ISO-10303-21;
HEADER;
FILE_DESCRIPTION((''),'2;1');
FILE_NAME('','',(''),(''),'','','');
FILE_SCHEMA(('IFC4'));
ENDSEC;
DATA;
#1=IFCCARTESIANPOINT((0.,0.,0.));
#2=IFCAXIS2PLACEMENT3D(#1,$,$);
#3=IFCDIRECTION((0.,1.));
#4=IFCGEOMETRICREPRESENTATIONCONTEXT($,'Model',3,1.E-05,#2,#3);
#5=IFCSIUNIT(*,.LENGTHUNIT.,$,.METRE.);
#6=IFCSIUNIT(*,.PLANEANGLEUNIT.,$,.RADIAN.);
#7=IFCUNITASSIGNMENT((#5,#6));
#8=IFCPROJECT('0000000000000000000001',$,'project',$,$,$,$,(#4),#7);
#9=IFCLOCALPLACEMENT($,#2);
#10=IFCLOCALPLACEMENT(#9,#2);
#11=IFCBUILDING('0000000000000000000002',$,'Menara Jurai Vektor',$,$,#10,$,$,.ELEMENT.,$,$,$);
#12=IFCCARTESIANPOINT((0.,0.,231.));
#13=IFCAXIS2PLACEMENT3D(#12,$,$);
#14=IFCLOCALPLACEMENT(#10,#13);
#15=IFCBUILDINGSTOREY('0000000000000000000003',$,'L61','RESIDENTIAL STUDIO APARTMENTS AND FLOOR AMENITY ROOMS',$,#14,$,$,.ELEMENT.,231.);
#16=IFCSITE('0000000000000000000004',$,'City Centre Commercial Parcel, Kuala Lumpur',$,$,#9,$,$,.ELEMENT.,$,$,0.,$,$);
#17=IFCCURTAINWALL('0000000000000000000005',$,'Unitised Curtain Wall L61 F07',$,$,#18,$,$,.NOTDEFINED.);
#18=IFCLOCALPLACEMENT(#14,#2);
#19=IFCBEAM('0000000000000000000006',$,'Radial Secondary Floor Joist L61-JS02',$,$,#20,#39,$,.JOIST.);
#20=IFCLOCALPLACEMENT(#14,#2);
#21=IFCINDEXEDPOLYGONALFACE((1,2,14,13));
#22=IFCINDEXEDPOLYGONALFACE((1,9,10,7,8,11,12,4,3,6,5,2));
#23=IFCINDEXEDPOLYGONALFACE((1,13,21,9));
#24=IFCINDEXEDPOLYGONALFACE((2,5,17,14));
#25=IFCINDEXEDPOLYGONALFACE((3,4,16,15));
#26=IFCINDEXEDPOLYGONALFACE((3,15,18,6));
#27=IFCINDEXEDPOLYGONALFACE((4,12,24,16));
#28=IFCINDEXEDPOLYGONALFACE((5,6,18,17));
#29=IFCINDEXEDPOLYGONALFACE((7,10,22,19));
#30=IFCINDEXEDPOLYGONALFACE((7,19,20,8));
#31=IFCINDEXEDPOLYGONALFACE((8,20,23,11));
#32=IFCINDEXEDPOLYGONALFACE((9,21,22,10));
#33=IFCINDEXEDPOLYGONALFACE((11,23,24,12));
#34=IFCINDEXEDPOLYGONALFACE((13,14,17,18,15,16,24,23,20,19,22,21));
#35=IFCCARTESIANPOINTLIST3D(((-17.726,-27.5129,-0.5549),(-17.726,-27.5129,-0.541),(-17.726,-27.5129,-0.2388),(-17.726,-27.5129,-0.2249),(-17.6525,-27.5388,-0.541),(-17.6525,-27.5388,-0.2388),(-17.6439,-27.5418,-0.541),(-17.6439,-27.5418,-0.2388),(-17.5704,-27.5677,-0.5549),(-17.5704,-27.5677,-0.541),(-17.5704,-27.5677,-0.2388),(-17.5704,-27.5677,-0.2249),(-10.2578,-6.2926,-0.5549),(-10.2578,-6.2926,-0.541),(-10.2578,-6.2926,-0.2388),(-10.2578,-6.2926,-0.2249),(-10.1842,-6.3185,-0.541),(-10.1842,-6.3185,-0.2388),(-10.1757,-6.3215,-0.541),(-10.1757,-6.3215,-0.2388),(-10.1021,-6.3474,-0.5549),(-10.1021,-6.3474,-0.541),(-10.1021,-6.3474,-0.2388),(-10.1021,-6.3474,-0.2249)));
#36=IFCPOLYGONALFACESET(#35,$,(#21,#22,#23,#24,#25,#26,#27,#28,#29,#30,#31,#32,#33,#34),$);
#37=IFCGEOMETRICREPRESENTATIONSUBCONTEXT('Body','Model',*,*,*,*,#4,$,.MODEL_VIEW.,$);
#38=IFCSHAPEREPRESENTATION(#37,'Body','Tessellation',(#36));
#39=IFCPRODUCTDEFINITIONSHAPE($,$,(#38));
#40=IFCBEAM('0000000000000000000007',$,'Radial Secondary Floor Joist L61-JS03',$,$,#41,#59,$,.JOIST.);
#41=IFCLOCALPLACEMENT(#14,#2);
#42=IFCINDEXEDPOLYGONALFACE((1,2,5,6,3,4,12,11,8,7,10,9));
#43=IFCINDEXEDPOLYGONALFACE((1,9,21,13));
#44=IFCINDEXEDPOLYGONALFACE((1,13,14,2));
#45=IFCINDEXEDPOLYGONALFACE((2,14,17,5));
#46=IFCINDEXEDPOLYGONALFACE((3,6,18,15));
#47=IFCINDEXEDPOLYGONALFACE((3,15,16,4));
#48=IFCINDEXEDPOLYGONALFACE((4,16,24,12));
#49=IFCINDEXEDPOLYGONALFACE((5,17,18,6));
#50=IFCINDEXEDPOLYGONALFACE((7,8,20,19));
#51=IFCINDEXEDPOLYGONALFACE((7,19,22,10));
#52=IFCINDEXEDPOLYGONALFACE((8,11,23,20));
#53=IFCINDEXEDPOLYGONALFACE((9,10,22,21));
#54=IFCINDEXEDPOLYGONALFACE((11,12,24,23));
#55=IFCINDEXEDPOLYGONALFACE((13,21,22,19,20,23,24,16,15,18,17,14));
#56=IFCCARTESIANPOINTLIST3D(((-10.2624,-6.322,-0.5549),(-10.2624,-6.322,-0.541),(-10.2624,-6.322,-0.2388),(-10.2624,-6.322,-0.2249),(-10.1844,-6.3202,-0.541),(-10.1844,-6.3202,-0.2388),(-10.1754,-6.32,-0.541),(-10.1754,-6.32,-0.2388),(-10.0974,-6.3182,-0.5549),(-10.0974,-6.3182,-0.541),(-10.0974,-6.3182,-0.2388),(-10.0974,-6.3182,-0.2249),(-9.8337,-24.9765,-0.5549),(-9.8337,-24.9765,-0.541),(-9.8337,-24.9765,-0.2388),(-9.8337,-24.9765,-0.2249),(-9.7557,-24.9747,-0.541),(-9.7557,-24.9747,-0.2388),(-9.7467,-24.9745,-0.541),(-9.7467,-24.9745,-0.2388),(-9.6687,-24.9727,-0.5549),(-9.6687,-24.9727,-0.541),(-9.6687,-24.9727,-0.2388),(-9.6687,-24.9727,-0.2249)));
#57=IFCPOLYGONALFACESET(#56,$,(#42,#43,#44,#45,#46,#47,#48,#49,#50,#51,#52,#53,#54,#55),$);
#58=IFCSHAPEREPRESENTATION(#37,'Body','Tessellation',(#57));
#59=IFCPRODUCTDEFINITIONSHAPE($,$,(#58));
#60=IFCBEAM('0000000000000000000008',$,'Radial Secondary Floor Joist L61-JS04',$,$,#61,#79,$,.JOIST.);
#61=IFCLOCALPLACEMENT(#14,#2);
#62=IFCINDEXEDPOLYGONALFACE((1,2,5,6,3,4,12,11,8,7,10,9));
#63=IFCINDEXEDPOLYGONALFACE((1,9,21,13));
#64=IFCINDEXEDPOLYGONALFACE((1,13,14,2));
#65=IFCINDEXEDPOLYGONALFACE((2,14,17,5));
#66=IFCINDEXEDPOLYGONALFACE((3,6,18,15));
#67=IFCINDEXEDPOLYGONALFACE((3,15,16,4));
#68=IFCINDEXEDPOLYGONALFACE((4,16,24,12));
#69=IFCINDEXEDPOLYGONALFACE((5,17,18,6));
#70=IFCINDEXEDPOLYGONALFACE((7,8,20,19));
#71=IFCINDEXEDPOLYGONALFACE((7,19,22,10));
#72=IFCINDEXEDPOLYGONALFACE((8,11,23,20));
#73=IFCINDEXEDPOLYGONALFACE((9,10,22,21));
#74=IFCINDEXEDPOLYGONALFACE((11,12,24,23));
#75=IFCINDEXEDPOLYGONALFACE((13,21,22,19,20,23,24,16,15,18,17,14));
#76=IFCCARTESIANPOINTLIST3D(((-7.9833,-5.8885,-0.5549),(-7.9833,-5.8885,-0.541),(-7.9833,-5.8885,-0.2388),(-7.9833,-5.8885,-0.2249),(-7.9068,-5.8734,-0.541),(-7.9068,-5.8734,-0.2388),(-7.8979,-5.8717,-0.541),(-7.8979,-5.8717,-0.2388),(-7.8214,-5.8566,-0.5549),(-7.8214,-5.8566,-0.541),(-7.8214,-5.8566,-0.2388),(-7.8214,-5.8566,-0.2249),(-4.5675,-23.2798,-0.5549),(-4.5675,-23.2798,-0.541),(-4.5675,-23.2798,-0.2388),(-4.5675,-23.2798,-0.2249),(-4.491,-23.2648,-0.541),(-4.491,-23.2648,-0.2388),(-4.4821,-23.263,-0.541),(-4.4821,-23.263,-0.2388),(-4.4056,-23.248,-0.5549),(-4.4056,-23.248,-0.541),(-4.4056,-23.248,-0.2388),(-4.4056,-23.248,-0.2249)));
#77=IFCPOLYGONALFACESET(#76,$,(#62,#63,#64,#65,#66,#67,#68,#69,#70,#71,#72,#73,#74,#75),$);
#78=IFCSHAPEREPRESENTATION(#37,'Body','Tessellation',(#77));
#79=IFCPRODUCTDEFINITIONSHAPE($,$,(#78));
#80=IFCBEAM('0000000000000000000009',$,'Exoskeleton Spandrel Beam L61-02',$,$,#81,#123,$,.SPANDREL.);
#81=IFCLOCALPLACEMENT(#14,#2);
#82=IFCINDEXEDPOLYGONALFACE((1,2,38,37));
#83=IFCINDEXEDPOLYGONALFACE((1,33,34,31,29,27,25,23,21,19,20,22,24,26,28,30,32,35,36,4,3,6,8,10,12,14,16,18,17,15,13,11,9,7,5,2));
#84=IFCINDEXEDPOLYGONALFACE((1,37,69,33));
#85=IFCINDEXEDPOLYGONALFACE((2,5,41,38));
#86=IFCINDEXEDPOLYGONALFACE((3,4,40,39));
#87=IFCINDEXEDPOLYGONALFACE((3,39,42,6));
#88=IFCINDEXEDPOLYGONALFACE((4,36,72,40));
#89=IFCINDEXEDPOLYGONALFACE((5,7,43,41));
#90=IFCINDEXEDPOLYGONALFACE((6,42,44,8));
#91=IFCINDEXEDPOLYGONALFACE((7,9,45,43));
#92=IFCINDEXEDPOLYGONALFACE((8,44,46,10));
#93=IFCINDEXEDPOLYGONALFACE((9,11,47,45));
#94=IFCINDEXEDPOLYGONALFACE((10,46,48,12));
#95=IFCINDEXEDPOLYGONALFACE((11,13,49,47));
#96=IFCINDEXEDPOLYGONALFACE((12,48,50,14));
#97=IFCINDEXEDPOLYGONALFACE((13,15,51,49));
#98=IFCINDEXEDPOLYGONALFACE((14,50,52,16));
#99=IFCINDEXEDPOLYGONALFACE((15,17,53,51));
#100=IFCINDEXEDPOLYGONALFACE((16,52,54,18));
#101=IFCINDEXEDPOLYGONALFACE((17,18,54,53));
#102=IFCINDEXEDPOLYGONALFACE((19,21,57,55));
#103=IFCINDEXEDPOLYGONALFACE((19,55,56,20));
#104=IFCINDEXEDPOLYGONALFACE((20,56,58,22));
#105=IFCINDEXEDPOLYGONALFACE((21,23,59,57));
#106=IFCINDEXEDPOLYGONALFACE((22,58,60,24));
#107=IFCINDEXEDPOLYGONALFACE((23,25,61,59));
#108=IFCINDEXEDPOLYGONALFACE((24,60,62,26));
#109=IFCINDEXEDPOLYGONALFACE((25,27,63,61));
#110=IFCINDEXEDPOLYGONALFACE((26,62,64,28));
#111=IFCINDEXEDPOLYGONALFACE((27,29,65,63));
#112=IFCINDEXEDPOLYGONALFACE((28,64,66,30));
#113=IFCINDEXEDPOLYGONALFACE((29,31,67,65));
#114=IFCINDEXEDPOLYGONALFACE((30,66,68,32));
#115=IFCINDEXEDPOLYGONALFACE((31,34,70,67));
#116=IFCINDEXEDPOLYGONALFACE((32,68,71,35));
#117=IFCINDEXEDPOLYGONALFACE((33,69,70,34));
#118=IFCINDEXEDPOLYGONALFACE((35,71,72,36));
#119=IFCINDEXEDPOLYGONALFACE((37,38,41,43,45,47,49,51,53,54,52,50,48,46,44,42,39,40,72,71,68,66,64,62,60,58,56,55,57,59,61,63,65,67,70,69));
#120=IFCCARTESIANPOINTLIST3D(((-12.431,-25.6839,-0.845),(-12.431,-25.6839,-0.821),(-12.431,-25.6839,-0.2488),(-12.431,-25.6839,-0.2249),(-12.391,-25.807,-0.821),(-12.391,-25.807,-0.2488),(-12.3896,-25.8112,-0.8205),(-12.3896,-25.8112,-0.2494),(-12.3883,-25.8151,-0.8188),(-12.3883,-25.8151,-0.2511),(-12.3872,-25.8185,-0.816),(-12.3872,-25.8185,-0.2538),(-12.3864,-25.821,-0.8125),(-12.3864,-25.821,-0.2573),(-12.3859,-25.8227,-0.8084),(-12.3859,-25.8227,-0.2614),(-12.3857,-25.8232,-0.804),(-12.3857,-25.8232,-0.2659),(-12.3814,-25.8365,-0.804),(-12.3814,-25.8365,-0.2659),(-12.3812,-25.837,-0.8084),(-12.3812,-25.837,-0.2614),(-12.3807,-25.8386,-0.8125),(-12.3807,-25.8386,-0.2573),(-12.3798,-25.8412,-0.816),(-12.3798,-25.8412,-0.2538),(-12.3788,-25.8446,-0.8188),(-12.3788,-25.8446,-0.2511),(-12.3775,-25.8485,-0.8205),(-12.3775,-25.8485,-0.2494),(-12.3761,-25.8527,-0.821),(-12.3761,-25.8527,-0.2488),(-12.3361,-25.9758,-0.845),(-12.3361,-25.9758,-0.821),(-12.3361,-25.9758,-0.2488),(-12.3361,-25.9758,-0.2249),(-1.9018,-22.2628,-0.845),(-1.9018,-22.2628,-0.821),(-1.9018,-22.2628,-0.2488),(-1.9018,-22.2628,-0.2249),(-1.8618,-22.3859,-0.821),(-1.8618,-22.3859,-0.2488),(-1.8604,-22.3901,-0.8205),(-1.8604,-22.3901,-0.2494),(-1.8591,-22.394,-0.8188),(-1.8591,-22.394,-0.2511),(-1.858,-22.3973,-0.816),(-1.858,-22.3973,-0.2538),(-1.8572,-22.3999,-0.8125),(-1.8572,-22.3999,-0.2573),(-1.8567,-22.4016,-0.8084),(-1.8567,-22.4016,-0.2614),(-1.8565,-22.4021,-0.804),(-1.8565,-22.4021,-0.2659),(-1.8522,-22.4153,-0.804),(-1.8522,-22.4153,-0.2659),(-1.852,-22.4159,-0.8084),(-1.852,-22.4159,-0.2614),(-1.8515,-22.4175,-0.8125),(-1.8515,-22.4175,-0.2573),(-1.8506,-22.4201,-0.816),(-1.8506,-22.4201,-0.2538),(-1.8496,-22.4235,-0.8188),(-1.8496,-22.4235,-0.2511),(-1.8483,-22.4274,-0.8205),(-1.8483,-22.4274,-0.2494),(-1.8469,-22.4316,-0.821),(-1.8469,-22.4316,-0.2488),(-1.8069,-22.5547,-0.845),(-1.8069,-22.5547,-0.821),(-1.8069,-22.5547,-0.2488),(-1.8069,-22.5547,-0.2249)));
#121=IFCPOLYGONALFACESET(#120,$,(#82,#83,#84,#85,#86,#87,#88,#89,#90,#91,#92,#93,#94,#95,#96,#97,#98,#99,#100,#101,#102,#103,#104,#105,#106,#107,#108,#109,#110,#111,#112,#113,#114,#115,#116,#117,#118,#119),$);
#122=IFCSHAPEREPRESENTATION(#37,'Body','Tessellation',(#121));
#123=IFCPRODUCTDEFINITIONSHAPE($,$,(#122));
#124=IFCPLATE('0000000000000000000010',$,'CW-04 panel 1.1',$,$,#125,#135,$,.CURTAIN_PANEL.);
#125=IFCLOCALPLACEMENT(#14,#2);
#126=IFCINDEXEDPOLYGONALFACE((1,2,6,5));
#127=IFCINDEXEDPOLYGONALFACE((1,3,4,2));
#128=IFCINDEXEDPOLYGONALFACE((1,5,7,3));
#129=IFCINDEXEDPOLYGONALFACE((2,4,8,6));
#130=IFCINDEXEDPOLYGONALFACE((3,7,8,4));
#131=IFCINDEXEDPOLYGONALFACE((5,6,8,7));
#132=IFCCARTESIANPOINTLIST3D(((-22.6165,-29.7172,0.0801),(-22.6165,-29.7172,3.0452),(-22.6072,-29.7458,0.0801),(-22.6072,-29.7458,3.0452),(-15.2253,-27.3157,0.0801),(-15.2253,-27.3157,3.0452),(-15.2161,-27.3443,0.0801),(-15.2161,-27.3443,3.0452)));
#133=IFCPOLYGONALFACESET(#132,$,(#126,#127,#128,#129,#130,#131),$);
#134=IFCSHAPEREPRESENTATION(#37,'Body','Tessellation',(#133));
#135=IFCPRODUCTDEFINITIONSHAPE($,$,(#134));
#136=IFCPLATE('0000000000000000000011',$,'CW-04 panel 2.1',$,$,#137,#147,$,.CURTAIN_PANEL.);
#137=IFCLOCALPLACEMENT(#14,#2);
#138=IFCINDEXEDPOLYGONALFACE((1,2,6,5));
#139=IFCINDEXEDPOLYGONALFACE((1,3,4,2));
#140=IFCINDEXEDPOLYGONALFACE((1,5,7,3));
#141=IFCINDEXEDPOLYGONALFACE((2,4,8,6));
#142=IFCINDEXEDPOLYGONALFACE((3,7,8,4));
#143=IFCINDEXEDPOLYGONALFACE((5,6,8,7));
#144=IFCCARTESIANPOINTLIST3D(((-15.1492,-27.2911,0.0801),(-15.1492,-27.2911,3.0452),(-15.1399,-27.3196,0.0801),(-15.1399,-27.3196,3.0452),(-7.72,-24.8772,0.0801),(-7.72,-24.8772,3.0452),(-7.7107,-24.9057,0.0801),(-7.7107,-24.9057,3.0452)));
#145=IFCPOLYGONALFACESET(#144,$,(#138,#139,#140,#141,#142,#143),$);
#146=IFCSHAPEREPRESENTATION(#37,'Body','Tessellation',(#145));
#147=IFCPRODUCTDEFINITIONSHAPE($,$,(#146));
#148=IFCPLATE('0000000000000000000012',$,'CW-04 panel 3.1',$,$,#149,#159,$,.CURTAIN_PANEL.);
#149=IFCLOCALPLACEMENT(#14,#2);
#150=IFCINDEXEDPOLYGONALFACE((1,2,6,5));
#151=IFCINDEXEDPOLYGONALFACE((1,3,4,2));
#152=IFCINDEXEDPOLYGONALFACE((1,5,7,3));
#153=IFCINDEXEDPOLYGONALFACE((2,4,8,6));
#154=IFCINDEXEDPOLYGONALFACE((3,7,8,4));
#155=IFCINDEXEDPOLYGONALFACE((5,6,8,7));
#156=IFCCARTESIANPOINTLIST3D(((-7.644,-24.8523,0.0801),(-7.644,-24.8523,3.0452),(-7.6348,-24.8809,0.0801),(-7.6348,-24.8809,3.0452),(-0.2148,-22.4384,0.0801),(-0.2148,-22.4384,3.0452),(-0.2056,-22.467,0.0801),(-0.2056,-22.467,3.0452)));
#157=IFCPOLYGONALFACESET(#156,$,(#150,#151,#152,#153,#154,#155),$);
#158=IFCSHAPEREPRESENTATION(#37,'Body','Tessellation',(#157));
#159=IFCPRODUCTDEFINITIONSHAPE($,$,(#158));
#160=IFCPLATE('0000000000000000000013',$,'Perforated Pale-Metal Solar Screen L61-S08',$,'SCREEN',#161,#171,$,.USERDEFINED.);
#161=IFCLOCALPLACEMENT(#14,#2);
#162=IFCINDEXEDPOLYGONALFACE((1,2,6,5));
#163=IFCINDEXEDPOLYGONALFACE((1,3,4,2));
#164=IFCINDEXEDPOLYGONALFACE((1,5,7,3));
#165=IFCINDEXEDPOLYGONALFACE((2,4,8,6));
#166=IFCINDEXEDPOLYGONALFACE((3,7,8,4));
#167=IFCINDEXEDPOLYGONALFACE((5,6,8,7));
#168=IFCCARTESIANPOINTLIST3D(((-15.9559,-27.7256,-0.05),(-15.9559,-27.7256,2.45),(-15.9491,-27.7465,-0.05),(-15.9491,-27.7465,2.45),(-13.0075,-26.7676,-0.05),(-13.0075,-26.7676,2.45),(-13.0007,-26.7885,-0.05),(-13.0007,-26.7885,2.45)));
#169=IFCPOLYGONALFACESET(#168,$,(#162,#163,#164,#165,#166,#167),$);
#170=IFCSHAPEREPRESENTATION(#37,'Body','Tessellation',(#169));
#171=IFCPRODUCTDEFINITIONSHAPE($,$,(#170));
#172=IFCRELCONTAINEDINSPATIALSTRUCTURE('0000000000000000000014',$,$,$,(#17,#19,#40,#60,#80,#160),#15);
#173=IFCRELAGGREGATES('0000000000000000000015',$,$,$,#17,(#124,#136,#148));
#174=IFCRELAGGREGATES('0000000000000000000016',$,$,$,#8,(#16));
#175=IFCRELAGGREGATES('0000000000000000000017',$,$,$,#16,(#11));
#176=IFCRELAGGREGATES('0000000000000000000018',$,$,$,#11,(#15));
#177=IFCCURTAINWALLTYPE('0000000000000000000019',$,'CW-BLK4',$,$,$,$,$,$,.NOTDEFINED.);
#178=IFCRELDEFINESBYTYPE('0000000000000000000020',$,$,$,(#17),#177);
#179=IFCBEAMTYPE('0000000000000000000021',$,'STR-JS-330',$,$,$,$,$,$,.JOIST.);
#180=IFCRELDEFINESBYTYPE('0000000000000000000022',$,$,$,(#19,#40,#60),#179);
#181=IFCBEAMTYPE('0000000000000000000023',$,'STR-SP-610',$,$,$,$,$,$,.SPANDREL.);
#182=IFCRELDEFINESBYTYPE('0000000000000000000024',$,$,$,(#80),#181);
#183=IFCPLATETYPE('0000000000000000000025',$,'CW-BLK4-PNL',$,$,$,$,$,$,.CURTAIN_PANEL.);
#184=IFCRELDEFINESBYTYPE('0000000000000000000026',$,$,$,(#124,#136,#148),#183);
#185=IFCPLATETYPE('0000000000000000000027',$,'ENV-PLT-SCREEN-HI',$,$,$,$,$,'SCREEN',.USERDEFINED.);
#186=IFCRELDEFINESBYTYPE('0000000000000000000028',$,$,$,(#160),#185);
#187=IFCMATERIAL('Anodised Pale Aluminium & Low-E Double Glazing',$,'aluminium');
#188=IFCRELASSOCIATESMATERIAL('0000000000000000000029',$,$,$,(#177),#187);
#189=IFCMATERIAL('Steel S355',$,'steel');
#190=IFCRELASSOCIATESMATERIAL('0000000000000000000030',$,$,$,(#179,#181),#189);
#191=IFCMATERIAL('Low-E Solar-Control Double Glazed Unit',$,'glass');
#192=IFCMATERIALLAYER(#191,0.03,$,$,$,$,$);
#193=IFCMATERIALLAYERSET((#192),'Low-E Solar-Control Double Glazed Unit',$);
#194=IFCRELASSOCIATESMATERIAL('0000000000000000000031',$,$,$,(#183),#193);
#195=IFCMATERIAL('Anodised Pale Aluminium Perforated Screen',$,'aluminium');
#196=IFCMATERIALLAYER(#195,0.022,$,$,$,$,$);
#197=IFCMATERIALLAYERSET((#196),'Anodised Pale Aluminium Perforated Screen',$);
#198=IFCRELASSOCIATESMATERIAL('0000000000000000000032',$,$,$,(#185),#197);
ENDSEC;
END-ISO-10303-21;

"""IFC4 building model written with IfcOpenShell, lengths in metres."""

from ifc_helpers import new_model, si_unit, direction, frame, origin, origin_2d, place, context, subcontext, project, spatial, rectangle, i_section, extrude, material, layer, layer_set, material_profile, profile_set, type_object, element, aggregate, save


model = new_model("IFC4")

# Units and contexts
model_context = context("Model", 3, precision=1e-05, world=origin(), true_north=direction((0.0, 1.0)))
body_context = subcontext(model_context, "Body", "Model", "MODEL_VIEW")
ifc_project = project(units=[si_unit("LENGTHUNIT", "METRE"), si_unit("PLANEANGLEUNIT", "RADIAN")], contexts=[model_context])

# Site, building, storey
site_placement = place(None, origin())
site = spatial("IfcSite", under=ifc_project, at=site_placement, Name="City Centre Commercial Parcel, Kuala Lumpur", CompositionType="ELEMENT", RefElevation=0.0)
building_placement = place(site_placement, origin())
building = spatial("IfcBuilding", under=site, at=building_placement, Name="Menara Jurai Vektor", CompositionType="ELEMENT")
storey_placement = place(building_placement, frame((0.0, 0.0, 231.0)))
storey = spatial("IfcBuildingStorey", under=building, at=storey_placement, Name="L61", Description="RESIDENTIAL STUDIO APARTMENTS AND FLOOR AMENITY ROOMS", CompositionType="ELEMENT", Elevation=231.0)

# Curtain wall
ifc_material_1 = material(Name="Anodised Pale Aluminium & Low-E Double Glazing", Category="aluminium")
curtain_wall_type = type_object("IfcCurtainWallType", Name="CW-BLK4", PredefinedType="NOTDEFINED", material=ifc_material_1)
curtain_wall_placement = place(storey_placement, origin())
curtain_wall = element("IfcCurtainWall", 1, at=curtain_wall_placement, inside=storey, type_object=curtain_wall_type, Name="Unitised Curtain Wall L61 F07", PredefinedType="NOTDEFINED")

# Beams
ifc_material_2 = material(Name="Steel S355", Category="steel")
ifc_material_profile_1 = material_profile(ifc_material_2, i_section(OverallWidth=0.165, OverallDepth=0.3301, WebThickness=0.009, FlangeThickness=0.0139, at=origin_2d()), Name="PG 330x165x46")
ifc_profile_set_1 = profile_set([ifc_material_profile_1], Name="Steel S355")
beam_type_1 = type_object("IfcBeamType", Name="STR-JS-330", PredefinedType="JOIST", material=ifc_profile_set_1)
beam_1_placement = place(storey_placement, frame((-17.6482, -27.5403, -0.3899), z_axis=(0.331981, 0.943286, 0.0), x_axis=(-0.943286, 0.331981, 0.0)))
element("IfcBeam", 2, at=beam_1_placement, inside=storey, type_object=beam_type_1, Name="Radial Secondary Floor Joist L61-JS02", PredefinedType="JOIST", context=body_context, shape_type="SweptSolid", body=[
    extrude(i_section(OverallWidth=0.165, OverallDepth=0.3301, WebThickness=0.009, FlangeThickness=0.0139, at=origin_2d()), origin(), (0.0, 0.0, 1.0), 22.4961),
])
beam_2_placement = place(storey_placement, frame((-9.7512, -24.9746, -0.3899), z_axis=(-0.022976, 0.999736, 0.0), x_axis=(-0.999736, -0.022976, 0.0)))
element("IfcBeam", 3, at=beam_2_placement, inside=storey, type_object=beam_type_1, Name="Radial Secondary Floor Joist L61-JS03", PredefinedType="JOIST", context=body_context, shape_type="SweptSolid", body=[
    extrude(i_section(OverallWidth=0.165, OverallDepth=0.3301, WebThickness=0.009, FlangeThickness=0.0139, at=origin_2d()), origin(), (0.0, 0.0, 1.0), 18.6594),
])
beam_3_placement = place(storey_placement, frame((-4.4866, -23.2639, -0.3899), z_axis=(-0.192724, 0.981253, 0.0), x_axis=(-0.981253, -0.192724, 0.0)))
element("IfcBeam", 4, at=beam_3_placement, inside=storey, type_object=beam_type_1, Name="Radial Secondary Floor Joist L61-JS04", PredefinedType="JOIST", context=body_context, shape_type="SweptSolid", body=[
    extrude(i_section(OverallWidth=0.165, OverallDepth=0.3301, WebThickness=0.009, FlangeThickness=0.0139, at=origin_2d()), origin(), (0.0, 0.0, 1.0), 17.7236),
])
ifc_material_profile_2 = material_profile(ifc_material_2, i_section(OverallWidth=0.3069, OverallDepth=0.6201, WebThickness=0.0139, FlangeThickness=0.0239, FilletRadius=0.0171, at=origin_2d()), Name="UKB 610x305x179")
ifc_profile_set_2 = profile_set([ifc_material_profile_2], Name="Steel S355")
beam_type_2 = type_object("IfcBeamType", Name="STR-SP-610", PredefinedType="SPANDREL", material=ifc_profile_set_2)
beam_4_placement = place(storey_placement, frame((-12.3835, -25.8298, -0.5349), z_axis=(0.951057, 0.309014, 0.0), x_axis=(-0.309014, 0.951057, 0.0)))
element("IfcBeam", 5, at=beam_4_placement, inside=storey, type_object=beam_type_2, Name="Exoskeleton Spandrel Beam L61-02", PredefinedType="SPANDREL", context=body_context, shape_type="SweptSolid", body=[
    extrude(i_section(OverallWidth=0.3069, OverallDepth=0.6201, WebThickness=0.0139, FlangeThickness=0.0239, FilletRadius=0.0171, at=origin_2d()), origin(), (0.0, 0.0, 1.0), 11.071),
])

# Plates
ifc_material_3 = material(Name="Low-E Solar-Control Double Glazed Unit", Category="glass")
ifc_layer_1 = layer(ifc_material_3, 0.03)
ifc_layer_set_1 = layer_set([ifc_layer_1], Name="Low-E Solar-Control Double Glazed Unit")
plate_type_1 = type_object("IfcPlateType", Name="CW-BLK4-PNL", PredefinedType="CURTAIN_PANEL", material=ifc_layer_set_1)
plate_1_placement = place(storey_placement, frame((-18.9163, -28.5308, 0.0801), z_axis=(0.0, 0.0, 1.0), x_axis=(0.951056, 0.309017, 0.0)))
plate_1 = element("IfcPlate", 6, at=plate_1_placement, type_object=plate_type_1, Name="CW-04 panel 1.1", PredefinedType="CURTAIN_PANEL", context=body_context, shape_type="SweptSolid", body=[
    extrude(rectangle(XDim=7.7715, YDim=0.03, at=origin_2d()), origin(), (0.0, 0.0, 1.0), 2.9651),
])
plate_2_placement = place(storey_placement, frame((-11.4299, -26.0984, 0.0801), z_axis=(0.0, 0.0, 1.0), x_axis=(0.951056, 0.309017, 0.0)))
plate_2 = element("IfcPlate", 7, at=plate_2_placement, type_object=plate_type_1, Name="CW-04 panel 2.1", PredefinedType="CURTAIN_PANEL", context=body_context, shape_type="SweptSolid", body=[
    extrude(rectangle(XDim=7.8115, YDim=0.03, at=origin_2d()), origin(), (0.0, 0.0, 1.0), 2.9651),
])
plate_3_placement = place(storey_placement, frame((-3.9248, -23.6597, 0.0801), z_axis=(0.0, 0.0, 1.0), x_axis=(0.951056, 0.309017, 0.0)))
plate_3 = element("IfcPlate", 8, at=plate_3_placement, type_object=plate_type_1, Name="CW-04 panel 3.1", PredefinedType="CURTAIN_PANEL", context=body_context, shape_type="SweptSolid", body=[
    extrude(rectangle(XDim=7.8115, YDim=0.03, at=origin_2d()), origin(), (0.0, 0.0, 1.0), 2.9651),
])
aggregate(curtain_wall, [plate_1, plate_2, plate_3])
ifc_material_4 = material(Name="Anodised Pale Aluminium Perforated Screen", Category="aluminium")
ifc_layer_2 = layer(ifc_material_4, 0.022)
ifc_layer_set_2 = layer_set([ifc_layer_2], Name="Anodised Pale Aluminium Perforated Screen")
plate_type_2 = type_object("IfcPlateType", Name="ENV-PLT-SCREEN-HI", ElementType="SCREEN", PredefinedType="USERDEFINED", material=ifc_layer_set_2)
plate_4_placement = place(storey_placement, frame((-14.4783, -27.2571, -0.05), z_axis=(0.0, 0.0, 1.0), x_axis=(0.951057, 0.309017, 0.0)))
element("IfcPlate", 9, at=plate_4_placement, inside=storey, type_object=plate_type_2, Name="Perforated Pale-Metal Solar Screen L61-S08", ObjectType="SCREEN", PredefinedType="USERDEFINED", context=body_context, shape_type="SweptSolid", body=[
    extrude(rectangle(XDim=3.1001, YDim=0.022, at=origin_2d()), origin(), (0.0, 0.0, 1.0), 2.5),
])

save(model, "model.ifc")
